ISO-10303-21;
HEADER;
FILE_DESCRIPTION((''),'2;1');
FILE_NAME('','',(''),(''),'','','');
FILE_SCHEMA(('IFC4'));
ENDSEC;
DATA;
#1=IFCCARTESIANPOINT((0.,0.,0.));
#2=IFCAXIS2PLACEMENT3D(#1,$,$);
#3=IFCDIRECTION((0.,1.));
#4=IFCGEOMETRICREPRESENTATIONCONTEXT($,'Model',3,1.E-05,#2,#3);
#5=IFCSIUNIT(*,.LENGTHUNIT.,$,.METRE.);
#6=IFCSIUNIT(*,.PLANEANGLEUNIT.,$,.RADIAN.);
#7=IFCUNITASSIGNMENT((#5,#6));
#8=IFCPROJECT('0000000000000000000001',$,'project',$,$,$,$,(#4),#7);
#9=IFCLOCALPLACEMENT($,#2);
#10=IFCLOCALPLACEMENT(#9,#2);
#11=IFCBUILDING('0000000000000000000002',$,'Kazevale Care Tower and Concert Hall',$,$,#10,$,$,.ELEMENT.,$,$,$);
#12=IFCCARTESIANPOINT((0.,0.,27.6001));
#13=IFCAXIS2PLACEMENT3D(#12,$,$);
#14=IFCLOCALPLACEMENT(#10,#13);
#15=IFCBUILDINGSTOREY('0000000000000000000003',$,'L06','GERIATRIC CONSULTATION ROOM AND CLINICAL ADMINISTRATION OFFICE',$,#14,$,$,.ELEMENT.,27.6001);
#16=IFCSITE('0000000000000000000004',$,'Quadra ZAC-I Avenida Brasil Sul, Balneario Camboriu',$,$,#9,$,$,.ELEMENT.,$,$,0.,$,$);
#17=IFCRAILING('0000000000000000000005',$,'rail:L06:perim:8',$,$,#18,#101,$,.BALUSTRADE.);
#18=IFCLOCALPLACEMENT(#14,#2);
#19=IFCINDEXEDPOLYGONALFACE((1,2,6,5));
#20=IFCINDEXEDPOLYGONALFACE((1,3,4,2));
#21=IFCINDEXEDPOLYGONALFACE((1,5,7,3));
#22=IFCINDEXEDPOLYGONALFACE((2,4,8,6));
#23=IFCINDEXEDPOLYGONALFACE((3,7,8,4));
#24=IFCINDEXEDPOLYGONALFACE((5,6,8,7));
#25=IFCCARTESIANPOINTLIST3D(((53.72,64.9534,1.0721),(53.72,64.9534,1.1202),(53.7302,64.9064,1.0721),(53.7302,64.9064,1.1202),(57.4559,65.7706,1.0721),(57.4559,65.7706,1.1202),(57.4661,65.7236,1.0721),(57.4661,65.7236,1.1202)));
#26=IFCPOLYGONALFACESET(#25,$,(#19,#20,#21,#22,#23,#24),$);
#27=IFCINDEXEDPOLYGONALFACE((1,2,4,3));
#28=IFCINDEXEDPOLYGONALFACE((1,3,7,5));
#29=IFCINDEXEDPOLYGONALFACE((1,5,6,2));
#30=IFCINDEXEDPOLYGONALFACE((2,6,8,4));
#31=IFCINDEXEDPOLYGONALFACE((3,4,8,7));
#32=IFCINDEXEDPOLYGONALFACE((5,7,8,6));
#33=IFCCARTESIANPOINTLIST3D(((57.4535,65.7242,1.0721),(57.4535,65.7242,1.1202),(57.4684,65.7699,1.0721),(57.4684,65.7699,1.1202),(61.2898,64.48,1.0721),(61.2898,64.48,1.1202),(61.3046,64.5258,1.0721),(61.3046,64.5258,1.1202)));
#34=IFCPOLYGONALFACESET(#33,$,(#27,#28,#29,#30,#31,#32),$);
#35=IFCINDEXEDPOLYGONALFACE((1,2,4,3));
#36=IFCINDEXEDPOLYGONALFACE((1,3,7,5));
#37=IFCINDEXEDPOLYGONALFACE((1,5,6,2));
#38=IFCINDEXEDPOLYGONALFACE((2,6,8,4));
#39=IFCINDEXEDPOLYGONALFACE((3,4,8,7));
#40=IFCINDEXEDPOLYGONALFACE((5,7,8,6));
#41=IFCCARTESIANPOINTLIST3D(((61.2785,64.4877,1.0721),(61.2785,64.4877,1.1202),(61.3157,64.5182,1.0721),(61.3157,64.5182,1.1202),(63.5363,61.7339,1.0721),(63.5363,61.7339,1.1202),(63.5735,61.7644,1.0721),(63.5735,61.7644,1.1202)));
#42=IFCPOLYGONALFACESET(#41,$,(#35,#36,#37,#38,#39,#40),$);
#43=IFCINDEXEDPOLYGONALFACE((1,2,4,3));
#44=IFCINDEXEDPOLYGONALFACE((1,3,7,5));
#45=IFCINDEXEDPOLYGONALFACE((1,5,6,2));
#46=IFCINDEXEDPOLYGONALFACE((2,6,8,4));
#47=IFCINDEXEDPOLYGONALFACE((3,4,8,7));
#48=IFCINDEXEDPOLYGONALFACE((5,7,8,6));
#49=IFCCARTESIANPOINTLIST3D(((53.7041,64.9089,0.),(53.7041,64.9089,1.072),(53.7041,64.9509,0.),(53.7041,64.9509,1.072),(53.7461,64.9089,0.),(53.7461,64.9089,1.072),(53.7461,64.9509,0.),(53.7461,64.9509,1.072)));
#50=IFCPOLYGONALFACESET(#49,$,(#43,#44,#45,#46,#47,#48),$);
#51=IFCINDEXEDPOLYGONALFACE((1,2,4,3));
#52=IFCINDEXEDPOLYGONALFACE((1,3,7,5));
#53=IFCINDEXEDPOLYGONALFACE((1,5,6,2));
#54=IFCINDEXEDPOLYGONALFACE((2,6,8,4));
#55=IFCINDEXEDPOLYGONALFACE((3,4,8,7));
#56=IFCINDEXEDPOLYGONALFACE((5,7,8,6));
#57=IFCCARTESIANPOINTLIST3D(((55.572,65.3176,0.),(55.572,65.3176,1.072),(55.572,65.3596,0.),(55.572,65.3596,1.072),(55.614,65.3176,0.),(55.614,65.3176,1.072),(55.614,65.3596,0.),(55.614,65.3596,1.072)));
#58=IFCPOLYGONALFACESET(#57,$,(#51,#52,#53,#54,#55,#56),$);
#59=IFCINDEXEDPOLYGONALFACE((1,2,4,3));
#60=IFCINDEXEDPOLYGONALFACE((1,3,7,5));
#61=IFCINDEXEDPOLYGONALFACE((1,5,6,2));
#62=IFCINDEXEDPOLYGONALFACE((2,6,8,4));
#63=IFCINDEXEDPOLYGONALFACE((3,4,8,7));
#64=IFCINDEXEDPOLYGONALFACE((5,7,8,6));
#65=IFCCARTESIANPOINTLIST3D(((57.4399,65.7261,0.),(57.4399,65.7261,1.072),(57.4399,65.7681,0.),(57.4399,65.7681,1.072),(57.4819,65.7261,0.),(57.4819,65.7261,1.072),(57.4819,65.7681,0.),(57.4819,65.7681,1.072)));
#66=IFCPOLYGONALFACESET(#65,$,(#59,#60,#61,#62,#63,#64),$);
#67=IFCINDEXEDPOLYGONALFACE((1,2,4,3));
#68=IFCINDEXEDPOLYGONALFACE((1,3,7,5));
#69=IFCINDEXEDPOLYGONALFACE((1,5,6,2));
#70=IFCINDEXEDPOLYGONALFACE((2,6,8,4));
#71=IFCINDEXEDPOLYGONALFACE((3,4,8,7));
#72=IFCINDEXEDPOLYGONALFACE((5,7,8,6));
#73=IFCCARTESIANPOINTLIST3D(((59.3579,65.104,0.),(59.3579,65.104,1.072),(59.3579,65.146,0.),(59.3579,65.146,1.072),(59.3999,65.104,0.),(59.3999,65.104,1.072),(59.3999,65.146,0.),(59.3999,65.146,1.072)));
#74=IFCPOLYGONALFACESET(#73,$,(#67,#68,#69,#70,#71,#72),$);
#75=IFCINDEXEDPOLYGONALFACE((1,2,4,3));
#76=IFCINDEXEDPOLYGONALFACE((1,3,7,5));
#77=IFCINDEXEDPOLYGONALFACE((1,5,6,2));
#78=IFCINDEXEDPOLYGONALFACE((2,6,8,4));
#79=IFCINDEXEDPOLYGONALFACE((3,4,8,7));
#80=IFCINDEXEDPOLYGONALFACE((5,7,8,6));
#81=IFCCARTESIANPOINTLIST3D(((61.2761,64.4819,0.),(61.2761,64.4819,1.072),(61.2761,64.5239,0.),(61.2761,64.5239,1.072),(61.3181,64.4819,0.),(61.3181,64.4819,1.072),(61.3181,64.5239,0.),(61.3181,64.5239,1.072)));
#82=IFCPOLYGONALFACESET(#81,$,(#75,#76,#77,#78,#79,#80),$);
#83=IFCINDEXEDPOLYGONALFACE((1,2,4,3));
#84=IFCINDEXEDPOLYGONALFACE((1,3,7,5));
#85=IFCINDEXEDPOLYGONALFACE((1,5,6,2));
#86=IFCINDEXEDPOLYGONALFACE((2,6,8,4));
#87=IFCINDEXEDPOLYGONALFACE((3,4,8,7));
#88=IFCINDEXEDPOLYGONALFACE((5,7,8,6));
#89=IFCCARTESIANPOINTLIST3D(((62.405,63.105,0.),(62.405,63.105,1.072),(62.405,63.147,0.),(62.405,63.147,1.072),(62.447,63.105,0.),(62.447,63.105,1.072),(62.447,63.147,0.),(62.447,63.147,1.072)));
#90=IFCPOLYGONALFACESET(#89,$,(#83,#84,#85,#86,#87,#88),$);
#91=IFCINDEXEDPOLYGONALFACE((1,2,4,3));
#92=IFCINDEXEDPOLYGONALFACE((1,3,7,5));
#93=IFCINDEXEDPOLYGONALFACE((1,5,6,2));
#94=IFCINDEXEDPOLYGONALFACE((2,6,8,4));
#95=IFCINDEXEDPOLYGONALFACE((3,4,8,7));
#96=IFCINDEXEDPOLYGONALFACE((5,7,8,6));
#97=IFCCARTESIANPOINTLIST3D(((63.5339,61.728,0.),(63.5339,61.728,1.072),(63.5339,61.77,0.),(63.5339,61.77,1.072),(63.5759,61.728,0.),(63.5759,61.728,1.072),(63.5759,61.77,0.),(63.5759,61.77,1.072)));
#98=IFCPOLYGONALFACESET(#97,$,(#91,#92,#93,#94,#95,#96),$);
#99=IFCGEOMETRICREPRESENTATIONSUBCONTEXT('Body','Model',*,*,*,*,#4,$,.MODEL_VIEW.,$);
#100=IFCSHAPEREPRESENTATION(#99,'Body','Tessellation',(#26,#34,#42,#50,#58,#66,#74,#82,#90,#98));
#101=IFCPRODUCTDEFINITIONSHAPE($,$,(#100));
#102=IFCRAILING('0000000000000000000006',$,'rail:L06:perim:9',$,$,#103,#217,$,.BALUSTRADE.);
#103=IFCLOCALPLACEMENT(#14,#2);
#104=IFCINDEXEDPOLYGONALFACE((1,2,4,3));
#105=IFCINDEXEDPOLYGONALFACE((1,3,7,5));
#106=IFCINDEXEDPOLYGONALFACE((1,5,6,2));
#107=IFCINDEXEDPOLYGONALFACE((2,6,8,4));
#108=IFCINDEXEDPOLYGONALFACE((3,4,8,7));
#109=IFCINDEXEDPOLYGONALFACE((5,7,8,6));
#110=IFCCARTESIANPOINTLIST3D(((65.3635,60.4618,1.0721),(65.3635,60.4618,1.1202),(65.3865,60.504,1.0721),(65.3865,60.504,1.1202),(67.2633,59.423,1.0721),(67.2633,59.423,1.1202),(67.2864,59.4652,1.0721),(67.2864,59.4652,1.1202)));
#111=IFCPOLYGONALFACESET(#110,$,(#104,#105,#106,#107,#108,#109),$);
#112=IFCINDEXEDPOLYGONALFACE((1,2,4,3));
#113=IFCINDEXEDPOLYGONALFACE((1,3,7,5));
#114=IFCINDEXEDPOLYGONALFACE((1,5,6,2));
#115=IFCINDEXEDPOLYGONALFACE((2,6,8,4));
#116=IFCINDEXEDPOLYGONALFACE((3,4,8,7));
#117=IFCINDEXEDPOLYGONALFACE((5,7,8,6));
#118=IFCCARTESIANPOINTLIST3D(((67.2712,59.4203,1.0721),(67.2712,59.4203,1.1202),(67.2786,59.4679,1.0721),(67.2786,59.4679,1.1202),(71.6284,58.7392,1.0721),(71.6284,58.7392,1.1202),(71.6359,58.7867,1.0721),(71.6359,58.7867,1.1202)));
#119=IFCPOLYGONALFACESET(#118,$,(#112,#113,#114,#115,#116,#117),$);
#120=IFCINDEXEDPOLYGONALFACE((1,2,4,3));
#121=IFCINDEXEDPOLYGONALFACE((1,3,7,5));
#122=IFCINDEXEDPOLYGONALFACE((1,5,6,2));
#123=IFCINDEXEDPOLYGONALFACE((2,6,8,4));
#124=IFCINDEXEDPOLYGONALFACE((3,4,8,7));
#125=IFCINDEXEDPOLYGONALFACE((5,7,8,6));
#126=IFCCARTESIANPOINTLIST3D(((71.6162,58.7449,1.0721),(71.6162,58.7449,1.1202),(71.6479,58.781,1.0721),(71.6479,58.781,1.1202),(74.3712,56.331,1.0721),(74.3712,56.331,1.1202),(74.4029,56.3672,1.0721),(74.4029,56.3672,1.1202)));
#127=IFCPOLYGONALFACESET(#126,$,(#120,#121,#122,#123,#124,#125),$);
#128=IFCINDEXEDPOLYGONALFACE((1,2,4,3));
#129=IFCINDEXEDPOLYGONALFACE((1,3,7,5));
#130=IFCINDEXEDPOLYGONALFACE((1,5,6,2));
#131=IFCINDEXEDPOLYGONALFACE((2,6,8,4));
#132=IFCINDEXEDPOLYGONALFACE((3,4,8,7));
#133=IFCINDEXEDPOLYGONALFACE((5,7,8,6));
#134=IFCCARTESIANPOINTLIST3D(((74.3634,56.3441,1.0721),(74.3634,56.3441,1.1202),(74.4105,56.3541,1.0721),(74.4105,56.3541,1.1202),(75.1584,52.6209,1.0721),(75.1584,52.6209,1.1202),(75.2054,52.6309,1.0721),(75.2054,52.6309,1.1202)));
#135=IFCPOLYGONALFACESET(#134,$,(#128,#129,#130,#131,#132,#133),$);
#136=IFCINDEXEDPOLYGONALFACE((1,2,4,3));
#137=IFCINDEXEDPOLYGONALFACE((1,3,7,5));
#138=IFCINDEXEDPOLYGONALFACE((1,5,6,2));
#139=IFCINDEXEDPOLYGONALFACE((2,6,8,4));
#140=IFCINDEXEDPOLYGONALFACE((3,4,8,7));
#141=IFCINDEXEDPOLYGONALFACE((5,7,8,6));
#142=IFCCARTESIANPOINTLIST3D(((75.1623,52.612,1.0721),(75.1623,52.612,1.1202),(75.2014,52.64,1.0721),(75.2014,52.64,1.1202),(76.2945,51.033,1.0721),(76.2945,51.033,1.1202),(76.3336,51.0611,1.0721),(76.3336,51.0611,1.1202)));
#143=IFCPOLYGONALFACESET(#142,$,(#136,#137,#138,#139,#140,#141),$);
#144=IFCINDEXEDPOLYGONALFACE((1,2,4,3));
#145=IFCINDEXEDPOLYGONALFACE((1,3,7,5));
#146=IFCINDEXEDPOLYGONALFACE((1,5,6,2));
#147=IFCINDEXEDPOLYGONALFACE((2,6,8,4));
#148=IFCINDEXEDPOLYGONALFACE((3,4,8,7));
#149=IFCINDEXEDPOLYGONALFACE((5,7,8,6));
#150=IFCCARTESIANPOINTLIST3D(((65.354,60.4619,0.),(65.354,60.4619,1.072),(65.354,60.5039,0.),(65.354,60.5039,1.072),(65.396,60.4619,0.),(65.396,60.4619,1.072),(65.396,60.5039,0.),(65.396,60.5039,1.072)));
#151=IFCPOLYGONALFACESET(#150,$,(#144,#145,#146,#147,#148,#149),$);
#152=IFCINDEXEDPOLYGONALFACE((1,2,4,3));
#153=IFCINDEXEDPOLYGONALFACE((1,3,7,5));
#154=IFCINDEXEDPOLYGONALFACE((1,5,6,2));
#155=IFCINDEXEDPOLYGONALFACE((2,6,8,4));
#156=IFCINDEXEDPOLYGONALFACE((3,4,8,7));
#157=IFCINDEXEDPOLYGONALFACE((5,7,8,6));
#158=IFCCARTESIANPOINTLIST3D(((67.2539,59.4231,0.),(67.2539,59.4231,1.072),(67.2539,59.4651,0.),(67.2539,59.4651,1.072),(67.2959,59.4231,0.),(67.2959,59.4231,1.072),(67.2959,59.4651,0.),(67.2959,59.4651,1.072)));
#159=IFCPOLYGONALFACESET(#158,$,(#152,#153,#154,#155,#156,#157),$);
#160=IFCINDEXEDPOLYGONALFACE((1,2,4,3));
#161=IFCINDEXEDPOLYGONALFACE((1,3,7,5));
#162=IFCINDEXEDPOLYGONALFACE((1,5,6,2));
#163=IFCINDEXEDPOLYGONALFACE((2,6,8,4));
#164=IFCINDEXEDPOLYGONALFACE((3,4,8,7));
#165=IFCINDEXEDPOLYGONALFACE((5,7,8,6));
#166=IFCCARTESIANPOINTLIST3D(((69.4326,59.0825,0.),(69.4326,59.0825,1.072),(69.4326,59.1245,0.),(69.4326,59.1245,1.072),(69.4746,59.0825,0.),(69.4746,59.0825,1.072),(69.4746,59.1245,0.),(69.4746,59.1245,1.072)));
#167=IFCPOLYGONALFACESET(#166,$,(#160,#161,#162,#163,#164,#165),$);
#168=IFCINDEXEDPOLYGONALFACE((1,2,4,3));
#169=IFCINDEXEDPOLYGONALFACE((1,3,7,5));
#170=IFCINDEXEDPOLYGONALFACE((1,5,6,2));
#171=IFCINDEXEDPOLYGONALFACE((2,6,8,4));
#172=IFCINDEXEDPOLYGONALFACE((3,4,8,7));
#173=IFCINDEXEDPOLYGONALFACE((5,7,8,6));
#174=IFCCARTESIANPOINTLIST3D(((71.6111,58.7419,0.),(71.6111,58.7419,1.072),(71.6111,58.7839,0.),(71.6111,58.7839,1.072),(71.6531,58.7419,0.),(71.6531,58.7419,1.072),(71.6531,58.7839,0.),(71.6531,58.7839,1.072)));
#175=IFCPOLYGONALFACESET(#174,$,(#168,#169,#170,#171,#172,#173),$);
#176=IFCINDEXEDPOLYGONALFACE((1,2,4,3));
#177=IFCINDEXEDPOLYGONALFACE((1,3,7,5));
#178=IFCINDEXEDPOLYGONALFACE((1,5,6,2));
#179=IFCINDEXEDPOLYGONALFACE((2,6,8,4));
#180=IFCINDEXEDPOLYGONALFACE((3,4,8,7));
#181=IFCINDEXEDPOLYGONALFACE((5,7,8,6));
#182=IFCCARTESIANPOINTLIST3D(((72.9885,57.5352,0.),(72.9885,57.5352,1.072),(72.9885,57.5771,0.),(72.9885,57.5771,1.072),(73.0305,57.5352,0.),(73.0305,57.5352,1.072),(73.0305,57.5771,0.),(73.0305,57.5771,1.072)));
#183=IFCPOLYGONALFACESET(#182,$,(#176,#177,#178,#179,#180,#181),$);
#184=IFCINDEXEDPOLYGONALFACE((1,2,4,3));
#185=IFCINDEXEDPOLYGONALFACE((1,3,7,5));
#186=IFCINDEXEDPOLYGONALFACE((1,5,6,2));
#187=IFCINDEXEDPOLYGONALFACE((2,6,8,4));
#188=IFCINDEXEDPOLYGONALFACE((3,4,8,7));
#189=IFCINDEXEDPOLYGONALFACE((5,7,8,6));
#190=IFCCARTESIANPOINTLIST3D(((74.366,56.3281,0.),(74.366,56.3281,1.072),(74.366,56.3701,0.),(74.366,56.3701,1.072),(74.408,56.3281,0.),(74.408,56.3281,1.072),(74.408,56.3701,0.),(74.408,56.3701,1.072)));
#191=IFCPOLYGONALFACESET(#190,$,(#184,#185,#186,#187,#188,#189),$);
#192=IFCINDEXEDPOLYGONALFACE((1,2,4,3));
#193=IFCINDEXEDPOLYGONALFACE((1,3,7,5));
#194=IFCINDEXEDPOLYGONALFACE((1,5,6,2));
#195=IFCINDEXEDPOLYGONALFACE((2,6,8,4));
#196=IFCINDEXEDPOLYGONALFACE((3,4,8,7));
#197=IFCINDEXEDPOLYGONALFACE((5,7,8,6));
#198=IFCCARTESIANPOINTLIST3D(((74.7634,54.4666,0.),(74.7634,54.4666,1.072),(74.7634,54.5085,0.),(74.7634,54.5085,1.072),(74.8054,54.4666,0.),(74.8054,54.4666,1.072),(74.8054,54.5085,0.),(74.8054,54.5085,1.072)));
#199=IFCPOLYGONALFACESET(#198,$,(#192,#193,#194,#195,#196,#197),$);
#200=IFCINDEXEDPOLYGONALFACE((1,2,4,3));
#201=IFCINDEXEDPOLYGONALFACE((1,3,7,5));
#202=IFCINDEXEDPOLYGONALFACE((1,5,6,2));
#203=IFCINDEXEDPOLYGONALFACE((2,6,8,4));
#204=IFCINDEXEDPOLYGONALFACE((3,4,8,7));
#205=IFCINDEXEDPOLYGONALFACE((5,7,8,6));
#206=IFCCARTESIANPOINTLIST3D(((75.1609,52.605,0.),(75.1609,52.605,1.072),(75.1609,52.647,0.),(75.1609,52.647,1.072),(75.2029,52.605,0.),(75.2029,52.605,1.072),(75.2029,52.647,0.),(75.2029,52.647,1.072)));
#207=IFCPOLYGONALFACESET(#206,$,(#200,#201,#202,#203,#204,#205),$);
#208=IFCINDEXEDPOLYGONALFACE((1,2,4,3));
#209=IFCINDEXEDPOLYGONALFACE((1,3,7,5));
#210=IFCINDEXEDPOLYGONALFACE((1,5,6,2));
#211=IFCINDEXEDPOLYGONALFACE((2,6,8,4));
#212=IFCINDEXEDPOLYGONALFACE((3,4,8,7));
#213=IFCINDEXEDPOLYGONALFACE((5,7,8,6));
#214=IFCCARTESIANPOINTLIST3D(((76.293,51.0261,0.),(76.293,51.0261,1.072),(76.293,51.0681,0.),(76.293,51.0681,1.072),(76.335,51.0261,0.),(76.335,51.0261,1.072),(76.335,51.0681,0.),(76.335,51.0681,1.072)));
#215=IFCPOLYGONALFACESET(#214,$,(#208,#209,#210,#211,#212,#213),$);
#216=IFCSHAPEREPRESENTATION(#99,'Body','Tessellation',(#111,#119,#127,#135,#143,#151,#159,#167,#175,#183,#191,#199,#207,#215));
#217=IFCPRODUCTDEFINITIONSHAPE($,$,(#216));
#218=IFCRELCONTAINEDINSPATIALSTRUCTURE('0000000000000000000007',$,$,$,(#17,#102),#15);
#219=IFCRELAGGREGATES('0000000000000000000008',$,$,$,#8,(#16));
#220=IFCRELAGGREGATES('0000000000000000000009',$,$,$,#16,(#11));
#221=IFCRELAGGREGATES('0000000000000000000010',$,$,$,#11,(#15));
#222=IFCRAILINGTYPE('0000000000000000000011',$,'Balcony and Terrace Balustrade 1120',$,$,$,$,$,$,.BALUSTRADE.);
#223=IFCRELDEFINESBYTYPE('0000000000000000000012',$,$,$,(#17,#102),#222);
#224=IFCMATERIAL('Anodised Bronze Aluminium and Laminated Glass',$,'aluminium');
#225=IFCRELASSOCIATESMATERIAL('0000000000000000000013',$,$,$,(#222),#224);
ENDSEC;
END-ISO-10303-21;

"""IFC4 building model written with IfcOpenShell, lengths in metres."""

from ifc_helpers import new_model, si_unit, direction, frame, origin, origin_2d, place, context, subcontext, project, spatial, rectangle, extrude, material, type_object, element, save


model = new_model("IFC4")

# Units and contexts
model_context = context("Model", 3, precision=1e-05, world=origin(), true_north=direction((0.0, 1.0)))
body_context = subcontext(model_context, "Body", "Model", "MODEL_VIEW")
ifc_project = project(units=[si_unit("LENGTHUNIT", "METRE"), si_unit("PLANEANGLEUNIT", "RADIAN")], contexts=[model_context])

# Site, building, storey
site_placement = place(None, origin())
site = spatial("IfcSite", under=ifc_project, at=site_placement, Name="Quadra ZAC-I Avenida Brasil Sul, Balneario Camboriu", CompositionType="ELEMENT", RefElevation=0.0)
building_placement = place(site_placement, origin())
building = spatial("IfcBuilding", under=site, at=building_placement, Name="Kazevale Care Tower and Concert Hall", CompositionType="ELEMENT")
storey_placement = place(building_placement, frame((0.0, 0.0, 27.6001)))
storey = spatial("IfcBuildingStorey", under=building, at=storey_placement, Name="L06", Description="GERIATRIC CONSULTATION ROOM AND CLINICAL ADMINISTRATION OFFICE", CompositionType="ELEMENT", Elevation=27.6001)

# Railings
ifc_material_1 = material(Name="Anodised Bronze Aluminium and Laminated Glass", Category="aluminium")
railing_type = type_object("IfcRailingType", Name="Balcony and Terrace Balustrade 1120", PredefinedType="BALUSTRADE", material=ifc_material_1)
railing_1_placement = place(storey_placement, frame((53.7251, 64.9299, 0.0)))
element("IfcRailing", 1, at=railing_1_placement, inside=storey, type_object=railing_type, Name="rail:L06:perim:8", PredefinedType="BALUSTRADE", context=body_context, shape_type="SweptSolid", body=[
    extrude(rectangle(XDim=0.0481, YDim=0.0481, at=origin_2d()), frame((0.0, 0.0, 1.0962), z_axis=(0.976904, 0.213678, 0.0), x_axis=(-0.213678, 0.976904, 0.0)), (0.0, 0.0, 1.0), 3.8242),
    extrude(rectangle(XDim=0.0481, YDim=0.0481, at=origin_2d()), frame((3.7358, 0.8171, 1.0962), z_axis=(0.951225, -0.308499, 0.0), x_axis=(0.308499, 0.951225, 0.0)), (0.0, 0.0, 1.0), 4.033),
    extrude(rectangle(XDim=0.0481, YDim=0.0481, at=origin_2d()), frame((7.572, -0.427, 1.0962), z_axis=(0.634014, -0.773322, 0.0), x_axis=(0.773322, 0.634014, 0.0)), (0.0, 0.0, 1.0), 3.561),
    extrude(rectangle(XDim=0.042, YDim=0.042, at=origin_2d()), origin(), (0.0, 0.0, 1.0), 1.072),
    extrude(rectangle(XDim=0.042, YDim=0.042, at=origin_2d()), frame((1.8679, 0.4087, 0.0)), (0.0, 0.0, 1.0), 1.072),
    extrude(rectangle(XDim=0.042, YDim=0.042, at=origin_2d()), frame((3.7358, 0.8171, 0.0)), (0.0, 0.0, 1.0), 1.072),
    extrude(rectangle(XDim=0.042, YDim=0.042, at=origin_2d()), frame((5.6538, 0.1951, 0.0)), (0.0, 0.0, 1.0), 1.072),
    extrude(rectangle(XDim=0.042, YDim=0.042, at=origin_2d()), frame((7.572, -0.427, 0.0)), (0.0, 0.0, 1.0), 1.072),
    extrude(rectangle(XDim=0.042, YDim=0.042, at=origin_2d()), frame((8.7009, -1.804, 0.0)), (0.0, 0.0, 1.0), 1.072),
    extrude(rectangle(XDim=0.042, YDim=0.042, at=origin_2d()), frame((9.8298, -3.1809, 0.0)), (0.0, 0.0, 1.0), 1.072),
])
railing_2_placement = place(storey_placement, frame((65.375, 60.4829, 0.0)))
element("IfcRailing", 2, at=railing_2_placement, inside=storey, type_object=railing_type, Name="rail:L06:perim:9", PredefinedType="BALUSTRADE", context=body_context, shape_type="SweptSolid", body=[
    extrude(rectangle(XDim=0.0481, YDim=0.0481, at=origin_2d()), frame((0.0, 0.0, 1.0962), z_axis=(0.877408, -0.479745, 0.0), x_axis=(0.479745, 0.877408, 0.0)), (0.0, 0.0, 1.0), 2.1653),
    extrude(rectangle(XDim=0.0481, YDim=0.0481, at=origin_2d()), frame((1.8999, -1.0388, 1.0962), z_axis=(0.988, -0.154453, 0.0), x_axis=(0.154453, 0.988, 0.0)), (0.0, 0.0, 1.0), 4.4102),
    extrude(rectangle(XDim=0.0481, YDim=0.0481, at=origin_2d()), frame((6.2571, -1.72, 1.0962), z_axis=(0.752131, -0.659014, 0.0), x_axis=(0.659014, 0.752131, 0.0)), (0.0, 0.0, 1.0), 3.6628),
    extrude(rectangle(XDim=0.0481, YDim=0.0481, at=origin_2d()), frame((9.012, -4.1338, 1.0962), z_axis=(0.208802, -0.977958, 0.0), x_axis=(0.977958, 0.208802, 0.0)), (0.0, 0.0, 1.0), 3.8071),
    extrude(rectangle(XDim=0.0481, YDim=0.0481, at=origin_2d()), frame((9.8069, -7.8569, 1.0962), z_axis=(0.582711, -0.812679, 0.0), x_axis=(0.812679, 0.582711, 0.0)), (0.0, 0.0, 1.0), 1.9429),
    extrude(rectangle(XDim=0.042, YDim=0.042, at=origin_2d()), origin(), (0.0, 0.0, 1.0), 1.072),
    extrude(rectangle(XDim=0.042, YDim=0.042, at=origin_2d()), frame((1.8999, -1.0388, 0.0)), (0.0, 0.0, 1.0), 1.072),
    extrude(rectangle(XDim=0.042, YDim=0.042, at=origin_2d()), frame((4.0786, -1.3794, 0.0)), (0.0, 0.0, 1.0), 1.072),
    extrude(rectangle(XDim=0.042, YDim=0.042, at=origin_2d()), frame((6.2571, -1.72, 0.0)), (0.0, 0.0, 1.0), 1.072),
    extrude(rectangle(XDim=0.042, YDim=0.042, at=origin_2d()), frame((7.6345, -2.9268, 0.0)), (0.0, 0.0, 1.0), 1.072),
    extrude(rectangle(XDim=0.042, YDim=0.042, at=origin_2d()), frame((9.012, -4.1338, 0.0)), (0.0, 0.0, 1.0), 1.072),
    extrude(rectangle(XDim=0.042, YDim=0.042, at=origin_2d()), frame((9.4094, -5.9954, 0.0)), (0.0, 0.0, 1.0), 1.072),
    extrude(rectangle(XDim=0.042, YDim=0.042, at=origin_2d()), frame((9.8069, -7.8569, 0.0)), (0.0, 0.0, 1.0), 1.072),
    extrude(rectangle(XDim=0.042, YDim=0.042, at=origin_2d()), frame((10.939, -9.4358, 0.0)), (0.0, 0.0, 1.0), 1.072),
])

save(model, "model.ifc")
